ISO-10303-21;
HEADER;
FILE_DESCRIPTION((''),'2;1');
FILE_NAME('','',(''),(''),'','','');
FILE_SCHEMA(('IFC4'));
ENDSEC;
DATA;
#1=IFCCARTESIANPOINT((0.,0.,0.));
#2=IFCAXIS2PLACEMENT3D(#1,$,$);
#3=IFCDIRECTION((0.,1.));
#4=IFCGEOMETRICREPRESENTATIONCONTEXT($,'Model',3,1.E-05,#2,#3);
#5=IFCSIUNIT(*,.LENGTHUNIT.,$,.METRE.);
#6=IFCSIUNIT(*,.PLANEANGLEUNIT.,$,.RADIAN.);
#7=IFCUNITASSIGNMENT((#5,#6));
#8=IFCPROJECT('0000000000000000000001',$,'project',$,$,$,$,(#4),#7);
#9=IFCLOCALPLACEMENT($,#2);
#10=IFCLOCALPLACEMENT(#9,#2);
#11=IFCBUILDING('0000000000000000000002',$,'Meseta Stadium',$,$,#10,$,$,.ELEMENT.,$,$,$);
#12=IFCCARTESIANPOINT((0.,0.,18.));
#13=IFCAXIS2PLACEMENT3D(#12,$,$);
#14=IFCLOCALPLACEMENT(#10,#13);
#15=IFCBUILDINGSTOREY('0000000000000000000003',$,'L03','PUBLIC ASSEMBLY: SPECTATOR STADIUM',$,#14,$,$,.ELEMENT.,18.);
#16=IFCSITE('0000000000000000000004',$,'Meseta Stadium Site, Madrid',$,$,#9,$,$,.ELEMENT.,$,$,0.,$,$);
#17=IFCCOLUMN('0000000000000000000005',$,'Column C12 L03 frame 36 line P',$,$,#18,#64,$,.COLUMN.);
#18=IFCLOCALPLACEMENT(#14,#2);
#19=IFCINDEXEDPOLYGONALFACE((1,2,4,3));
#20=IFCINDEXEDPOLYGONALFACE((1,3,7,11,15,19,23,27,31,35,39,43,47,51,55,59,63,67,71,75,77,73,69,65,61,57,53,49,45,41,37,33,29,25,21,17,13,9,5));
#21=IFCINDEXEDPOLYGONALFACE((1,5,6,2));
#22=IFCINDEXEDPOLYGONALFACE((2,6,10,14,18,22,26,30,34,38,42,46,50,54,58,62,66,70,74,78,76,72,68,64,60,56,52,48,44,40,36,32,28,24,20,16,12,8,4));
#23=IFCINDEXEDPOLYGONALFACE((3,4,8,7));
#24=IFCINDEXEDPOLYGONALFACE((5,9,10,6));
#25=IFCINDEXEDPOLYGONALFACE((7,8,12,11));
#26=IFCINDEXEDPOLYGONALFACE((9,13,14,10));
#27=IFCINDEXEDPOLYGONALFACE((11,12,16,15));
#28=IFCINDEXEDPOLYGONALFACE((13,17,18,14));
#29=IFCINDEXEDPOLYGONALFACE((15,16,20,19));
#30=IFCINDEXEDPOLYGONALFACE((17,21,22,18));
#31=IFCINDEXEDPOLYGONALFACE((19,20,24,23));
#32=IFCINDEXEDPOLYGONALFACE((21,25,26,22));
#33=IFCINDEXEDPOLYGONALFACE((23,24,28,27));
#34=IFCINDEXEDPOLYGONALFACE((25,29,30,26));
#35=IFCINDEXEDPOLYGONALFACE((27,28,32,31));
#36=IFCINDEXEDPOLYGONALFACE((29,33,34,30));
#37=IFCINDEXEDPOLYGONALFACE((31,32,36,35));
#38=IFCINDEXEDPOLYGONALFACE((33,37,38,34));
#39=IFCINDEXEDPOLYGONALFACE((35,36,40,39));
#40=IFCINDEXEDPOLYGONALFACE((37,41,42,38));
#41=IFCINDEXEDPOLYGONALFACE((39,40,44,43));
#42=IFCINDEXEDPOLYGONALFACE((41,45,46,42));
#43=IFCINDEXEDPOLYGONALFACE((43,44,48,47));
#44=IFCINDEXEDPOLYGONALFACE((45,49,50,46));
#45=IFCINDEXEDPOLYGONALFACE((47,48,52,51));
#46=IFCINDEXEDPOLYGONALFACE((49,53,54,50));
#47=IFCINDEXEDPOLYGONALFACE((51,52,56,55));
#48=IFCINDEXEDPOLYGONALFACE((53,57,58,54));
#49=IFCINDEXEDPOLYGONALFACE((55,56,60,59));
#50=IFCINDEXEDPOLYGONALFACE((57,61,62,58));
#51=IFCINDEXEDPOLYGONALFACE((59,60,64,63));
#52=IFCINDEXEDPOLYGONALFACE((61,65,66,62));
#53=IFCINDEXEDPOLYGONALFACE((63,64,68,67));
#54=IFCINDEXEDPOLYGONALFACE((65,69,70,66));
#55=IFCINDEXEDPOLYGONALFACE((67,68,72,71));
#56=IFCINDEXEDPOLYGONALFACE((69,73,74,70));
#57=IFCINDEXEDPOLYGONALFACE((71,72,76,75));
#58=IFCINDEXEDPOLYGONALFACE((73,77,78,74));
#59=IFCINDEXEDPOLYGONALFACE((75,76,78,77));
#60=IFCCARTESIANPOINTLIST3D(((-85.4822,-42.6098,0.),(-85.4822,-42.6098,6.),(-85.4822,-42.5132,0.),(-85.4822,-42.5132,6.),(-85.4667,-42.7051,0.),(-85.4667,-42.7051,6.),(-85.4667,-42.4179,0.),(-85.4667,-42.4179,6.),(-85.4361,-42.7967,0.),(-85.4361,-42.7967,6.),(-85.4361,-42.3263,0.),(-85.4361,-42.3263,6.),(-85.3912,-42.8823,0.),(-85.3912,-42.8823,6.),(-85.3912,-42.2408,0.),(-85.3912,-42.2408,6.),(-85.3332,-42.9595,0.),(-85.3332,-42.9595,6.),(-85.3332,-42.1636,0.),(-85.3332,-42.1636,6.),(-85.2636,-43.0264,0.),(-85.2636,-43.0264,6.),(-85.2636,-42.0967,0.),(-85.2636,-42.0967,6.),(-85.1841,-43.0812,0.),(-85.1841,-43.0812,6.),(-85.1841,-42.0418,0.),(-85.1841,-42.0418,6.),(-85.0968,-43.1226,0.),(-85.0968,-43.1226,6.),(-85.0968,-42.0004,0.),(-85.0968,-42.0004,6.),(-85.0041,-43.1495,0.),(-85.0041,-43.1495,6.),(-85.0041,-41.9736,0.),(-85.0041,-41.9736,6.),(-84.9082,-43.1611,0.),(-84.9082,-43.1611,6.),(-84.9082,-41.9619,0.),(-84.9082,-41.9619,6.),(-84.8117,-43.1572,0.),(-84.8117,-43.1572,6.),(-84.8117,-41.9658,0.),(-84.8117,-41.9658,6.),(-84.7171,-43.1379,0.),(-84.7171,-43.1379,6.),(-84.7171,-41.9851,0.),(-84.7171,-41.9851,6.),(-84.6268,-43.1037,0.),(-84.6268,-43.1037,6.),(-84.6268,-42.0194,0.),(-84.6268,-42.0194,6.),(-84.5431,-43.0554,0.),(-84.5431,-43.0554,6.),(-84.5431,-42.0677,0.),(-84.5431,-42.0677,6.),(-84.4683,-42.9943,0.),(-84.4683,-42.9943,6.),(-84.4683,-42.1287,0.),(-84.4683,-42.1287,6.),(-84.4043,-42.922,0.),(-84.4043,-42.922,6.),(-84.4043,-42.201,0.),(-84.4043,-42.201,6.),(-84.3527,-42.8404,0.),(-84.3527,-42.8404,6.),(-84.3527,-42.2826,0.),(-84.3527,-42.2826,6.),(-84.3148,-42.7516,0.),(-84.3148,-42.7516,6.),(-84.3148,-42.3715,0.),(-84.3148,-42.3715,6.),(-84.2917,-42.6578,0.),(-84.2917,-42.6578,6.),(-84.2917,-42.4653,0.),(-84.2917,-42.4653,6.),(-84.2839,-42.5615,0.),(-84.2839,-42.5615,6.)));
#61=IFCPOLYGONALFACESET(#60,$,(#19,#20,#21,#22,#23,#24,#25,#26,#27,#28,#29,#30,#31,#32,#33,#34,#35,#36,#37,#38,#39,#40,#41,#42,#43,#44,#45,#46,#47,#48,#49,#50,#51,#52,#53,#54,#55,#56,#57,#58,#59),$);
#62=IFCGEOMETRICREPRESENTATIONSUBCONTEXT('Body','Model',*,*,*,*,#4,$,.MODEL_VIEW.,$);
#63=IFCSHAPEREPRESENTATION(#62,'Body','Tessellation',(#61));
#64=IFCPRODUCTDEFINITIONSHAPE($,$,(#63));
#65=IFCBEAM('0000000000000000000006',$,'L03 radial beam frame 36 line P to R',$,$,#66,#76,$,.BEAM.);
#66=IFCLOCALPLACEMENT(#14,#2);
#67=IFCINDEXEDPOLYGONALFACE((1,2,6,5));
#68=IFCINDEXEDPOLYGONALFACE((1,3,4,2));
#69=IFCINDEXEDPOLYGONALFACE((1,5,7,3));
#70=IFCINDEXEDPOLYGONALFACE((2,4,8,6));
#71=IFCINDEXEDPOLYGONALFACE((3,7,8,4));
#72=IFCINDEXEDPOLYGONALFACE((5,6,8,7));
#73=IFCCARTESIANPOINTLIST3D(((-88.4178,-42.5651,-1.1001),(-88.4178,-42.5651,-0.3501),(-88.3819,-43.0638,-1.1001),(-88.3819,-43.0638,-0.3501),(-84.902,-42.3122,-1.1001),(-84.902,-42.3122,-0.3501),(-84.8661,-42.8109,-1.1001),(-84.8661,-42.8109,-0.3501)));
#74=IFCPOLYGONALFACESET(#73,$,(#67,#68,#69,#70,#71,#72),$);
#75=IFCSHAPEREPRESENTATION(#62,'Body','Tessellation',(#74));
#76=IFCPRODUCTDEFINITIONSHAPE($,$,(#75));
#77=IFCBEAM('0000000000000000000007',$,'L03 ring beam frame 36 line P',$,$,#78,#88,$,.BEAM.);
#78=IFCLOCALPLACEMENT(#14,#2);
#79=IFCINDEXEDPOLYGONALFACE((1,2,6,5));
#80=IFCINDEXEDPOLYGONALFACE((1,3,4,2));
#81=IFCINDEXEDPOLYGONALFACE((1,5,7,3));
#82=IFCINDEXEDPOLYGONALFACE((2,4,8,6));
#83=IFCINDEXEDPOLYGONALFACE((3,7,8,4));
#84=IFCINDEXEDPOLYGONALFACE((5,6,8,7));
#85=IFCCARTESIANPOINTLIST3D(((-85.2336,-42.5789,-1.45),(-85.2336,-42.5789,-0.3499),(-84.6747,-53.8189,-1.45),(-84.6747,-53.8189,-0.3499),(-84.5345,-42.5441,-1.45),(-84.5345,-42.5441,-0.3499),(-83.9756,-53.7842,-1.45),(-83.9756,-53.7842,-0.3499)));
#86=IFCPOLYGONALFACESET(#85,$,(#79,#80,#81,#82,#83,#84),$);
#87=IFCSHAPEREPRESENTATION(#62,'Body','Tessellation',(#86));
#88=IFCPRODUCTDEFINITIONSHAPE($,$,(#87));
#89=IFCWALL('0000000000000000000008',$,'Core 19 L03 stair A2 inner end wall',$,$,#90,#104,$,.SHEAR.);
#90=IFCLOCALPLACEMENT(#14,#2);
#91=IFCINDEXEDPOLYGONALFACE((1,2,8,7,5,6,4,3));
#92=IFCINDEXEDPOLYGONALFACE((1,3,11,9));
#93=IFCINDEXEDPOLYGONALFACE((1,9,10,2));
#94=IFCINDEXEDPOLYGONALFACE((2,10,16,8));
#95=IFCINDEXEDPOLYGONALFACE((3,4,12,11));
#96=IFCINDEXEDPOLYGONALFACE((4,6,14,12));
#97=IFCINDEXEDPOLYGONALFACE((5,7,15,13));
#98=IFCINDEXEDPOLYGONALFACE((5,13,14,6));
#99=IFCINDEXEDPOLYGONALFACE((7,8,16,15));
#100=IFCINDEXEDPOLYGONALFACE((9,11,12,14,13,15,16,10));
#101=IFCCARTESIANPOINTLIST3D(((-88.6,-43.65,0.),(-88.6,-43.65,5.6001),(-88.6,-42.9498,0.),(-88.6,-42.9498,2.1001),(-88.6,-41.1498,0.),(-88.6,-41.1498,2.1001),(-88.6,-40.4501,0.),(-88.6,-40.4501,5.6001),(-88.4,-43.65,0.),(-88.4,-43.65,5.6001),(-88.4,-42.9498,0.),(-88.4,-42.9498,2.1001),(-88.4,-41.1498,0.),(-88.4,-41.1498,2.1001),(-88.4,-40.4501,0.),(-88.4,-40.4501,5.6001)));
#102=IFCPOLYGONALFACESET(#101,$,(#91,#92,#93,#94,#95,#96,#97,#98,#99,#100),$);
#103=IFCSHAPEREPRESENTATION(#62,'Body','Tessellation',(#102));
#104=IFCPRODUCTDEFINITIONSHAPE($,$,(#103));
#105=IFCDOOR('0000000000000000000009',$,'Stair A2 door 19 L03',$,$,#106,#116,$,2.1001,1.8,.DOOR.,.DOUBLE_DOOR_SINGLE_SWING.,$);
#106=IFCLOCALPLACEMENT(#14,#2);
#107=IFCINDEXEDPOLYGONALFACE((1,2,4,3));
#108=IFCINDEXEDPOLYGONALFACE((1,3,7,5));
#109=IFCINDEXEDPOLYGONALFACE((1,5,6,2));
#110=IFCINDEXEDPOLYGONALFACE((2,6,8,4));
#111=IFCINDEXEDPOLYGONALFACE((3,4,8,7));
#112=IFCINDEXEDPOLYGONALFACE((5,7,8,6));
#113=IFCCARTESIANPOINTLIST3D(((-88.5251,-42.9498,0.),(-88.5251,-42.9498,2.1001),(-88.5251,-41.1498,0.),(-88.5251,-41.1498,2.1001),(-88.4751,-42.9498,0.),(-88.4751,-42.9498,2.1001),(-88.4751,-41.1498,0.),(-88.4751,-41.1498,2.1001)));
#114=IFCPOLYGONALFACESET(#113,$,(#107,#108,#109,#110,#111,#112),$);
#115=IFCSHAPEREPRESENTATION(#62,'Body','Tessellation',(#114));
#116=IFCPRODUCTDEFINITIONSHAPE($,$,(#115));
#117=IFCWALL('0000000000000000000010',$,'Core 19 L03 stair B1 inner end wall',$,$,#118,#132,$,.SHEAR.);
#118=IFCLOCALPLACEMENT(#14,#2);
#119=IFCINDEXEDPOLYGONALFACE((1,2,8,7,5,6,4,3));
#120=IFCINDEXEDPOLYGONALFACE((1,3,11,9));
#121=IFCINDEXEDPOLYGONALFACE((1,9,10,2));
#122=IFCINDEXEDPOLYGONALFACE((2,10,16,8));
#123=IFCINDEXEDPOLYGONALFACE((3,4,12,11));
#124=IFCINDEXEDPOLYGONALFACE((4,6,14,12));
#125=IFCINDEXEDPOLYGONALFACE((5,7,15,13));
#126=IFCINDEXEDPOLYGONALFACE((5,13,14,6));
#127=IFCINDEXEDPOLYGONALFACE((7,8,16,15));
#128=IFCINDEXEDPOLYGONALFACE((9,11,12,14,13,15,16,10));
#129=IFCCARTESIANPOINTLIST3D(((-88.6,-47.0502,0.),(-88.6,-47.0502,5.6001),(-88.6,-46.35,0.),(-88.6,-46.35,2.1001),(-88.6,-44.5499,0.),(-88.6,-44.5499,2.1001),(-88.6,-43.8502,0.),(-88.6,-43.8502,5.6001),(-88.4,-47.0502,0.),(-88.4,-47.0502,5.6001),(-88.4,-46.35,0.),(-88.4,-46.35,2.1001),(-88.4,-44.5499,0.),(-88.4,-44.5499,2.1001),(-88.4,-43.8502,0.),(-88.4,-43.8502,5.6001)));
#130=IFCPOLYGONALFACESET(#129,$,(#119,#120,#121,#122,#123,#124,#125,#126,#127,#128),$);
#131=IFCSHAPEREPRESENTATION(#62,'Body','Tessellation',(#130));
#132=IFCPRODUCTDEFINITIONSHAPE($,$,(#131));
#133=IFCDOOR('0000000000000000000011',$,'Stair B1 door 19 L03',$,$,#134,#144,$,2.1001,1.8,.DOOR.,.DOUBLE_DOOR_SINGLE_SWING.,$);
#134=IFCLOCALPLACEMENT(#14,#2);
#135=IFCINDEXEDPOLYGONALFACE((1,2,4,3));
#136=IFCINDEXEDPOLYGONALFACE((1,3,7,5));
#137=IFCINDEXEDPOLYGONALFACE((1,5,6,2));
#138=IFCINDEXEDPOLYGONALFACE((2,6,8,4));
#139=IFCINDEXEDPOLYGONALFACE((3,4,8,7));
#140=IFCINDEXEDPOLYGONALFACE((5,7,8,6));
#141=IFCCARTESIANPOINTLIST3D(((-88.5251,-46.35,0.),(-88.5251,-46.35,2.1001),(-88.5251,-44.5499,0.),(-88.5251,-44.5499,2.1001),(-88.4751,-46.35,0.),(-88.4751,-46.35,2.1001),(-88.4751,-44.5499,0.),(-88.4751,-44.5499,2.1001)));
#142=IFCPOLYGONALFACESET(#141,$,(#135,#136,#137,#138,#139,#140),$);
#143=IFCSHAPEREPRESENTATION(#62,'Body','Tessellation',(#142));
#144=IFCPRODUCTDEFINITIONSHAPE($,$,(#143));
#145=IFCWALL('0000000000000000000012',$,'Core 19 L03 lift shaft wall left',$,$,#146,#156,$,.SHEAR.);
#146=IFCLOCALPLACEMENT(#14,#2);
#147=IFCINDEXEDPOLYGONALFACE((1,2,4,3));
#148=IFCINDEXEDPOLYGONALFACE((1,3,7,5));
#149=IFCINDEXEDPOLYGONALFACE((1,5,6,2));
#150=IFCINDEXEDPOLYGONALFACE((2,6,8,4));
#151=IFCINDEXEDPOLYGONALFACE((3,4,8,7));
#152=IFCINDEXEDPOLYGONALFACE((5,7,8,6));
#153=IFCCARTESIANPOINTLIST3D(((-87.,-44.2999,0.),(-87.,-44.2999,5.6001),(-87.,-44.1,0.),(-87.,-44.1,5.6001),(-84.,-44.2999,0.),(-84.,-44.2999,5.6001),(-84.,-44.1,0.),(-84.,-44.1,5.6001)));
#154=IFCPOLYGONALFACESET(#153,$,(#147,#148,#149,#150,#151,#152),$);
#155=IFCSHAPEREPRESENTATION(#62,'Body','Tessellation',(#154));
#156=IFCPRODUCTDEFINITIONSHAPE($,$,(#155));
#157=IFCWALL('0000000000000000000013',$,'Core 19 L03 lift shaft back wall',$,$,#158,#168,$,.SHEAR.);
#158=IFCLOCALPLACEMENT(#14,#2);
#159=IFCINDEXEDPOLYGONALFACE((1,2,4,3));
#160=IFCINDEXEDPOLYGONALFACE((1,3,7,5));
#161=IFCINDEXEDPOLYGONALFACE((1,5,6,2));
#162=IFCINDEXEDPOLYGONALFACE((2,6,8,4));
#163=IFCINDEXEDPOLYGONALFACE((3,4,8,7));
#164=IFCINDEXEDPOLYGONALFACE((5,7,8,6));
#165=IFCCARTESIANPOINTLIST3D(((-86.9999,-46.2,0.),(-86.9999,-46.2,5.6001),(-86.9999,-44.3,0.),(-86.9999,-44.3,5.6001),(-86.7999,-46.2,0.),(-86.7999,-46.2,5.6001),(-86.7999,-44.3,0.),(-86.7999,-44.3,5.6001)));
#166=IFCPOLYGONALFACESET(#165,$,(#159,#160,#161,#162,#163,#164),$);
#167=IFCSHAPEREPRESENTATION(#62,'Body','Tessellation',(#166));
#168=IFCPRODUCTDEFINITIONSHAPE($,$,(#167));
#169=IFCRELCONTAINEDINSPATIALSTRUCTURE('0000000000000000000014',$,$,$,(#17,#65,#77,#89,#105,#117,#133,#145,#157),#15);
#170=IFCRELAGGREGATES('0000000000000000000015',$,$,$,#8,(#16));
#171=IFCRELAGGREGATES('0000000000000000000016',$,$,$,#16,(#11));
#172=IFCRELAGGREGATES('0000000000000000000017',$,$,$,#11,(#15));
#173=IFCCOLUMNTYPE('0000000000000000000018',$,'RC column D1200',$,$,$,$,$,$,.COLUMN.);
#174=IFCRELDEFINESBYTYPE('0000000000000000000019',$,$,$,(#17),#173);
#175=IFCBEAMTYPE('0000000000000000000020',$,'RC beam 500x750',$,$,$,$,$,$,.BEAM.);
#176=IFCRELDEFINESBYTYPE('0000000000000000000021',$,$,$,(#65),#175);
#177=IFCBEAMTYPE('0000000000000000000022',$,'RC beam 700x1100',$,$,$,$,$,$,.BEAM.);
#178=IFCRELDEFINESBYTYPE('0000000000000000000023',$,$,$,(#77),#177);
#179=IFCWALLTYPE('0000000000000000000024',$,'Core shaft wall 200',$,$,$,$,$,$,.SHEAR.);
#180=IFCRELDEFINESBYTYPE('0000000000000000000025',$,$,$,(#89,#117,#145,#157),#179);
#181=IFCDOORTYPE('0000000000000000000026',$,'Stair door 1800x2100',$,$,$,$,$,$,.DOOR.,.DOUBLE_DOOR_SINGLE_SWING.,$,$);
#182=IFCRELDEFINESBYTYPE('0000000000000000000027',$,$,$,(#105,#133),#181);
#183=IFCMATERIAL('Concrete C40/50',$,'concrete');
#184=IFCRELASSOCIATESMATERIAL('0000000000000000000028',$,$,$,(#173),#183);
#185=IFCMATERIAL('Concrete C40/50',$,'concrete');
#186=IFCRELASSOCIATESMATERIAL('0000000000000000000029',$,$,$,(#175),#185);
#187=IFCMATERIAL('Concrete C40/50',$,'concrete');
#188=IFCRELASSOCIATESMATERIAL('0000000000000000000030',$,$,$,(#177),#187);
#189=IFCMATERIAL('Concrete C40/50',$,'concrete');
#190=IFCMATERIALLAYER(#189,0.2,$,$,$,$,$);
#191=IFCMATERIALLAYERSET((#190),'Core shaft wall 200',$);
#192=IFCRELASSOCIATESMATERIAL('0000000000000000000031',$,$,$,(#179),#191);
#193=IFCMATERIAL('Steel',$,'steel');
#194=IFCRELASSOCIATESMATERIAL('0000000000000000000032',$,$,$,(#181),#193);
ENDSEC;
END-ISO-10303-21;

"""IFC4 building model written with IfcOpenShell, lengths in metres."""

from ifc_helpers import new_model, si_unit, direction, frame, frame_2d, origin, origin_2d, place, context, subcontext, project, spatial, rectangle, circle, extrude, material, layer, layer_set, material_profile, profile_set, type_object, element, fill, save


model = new_model("IFC4")

# Units and contexts
model_context = context("Model", 3, precision=1e-05, world=origin(), true_north=direction((0.0, 1.0)))
body_context = subcontext(model_context, "Body", "Model", "MODEL_VIEW")
ifc_project = project(units=[si_unit("LENGTHUNIT", "METRE"), si_unit("PLANEANGLEUNIT", "RADIAN")], contexts=[model_context])

# Site, building, storey
site_placement = place(None, origin())
site = spatial("IfcSite", under=ifc_project, at=site_placement, Name="Meseta Stadium Site, Madrid", CompositionType="ELEMENT", RefElevation=0.0)
building_placement = place(site_placement, origin())
building = spatial("IfcBuilding", under=site, at=building_placement, Name="Meseta Stadium", CompositionType="ELEMENT")
storey_placement = place(building_placement, frame((0.0, 0.0, 18.0)))
storey = spatial("IfcBuildingStorey", under=building, at=storey_placement, Name="L03", Description="PUBLIC ASSEMBLY: SPECTATOR STADIUM", CompositionType="ELEMENT", Elevation=18.0)

# Column
ifc_material_1 = material(Name="Concrete C40/50", Category="concrete")
ifc_material_profile_1 = material_profile(ifc_material_1, circle(Radius=0.6001, at=origin_2d()), Name="RC D1200")
ifc_profile_set_1 = profile_set([ifc_material_profile_1], Name="Concrete C40/50")
column_type = type_object("IfcColumnType", Name="RC column D1200", PredefinedType="COLUMN", material=ifc_profile_set_1)
column_placement = place(storey_placement, frame((-84.884, -42.5615, 0.0), z_axis=(0.0, 0.0, 1.0), x_axis=(1.0, 0.0, 0.0)))
element("IfcColumn", 1, at=column_placement, inside=storey, type_object=column_type, Name="Column C12 L03 frame 36 line P", PredefinedType="COLUMN", context=body_context, shape_type="SweptSolid", body=[
    extrude(circle(Radius=0.6001, at=origin_2d()), origin(), (0.0, 0.0, 1.0), 6.0),
])

# Beams
ifc_material_2 = material(Name="Concrete C40/50", Category="concrete")
ifc_material_profile_2 = material_profile(ifc_material_2, rectangle(XDim=0.5, YDim=0.75, at=origin_2d()), Name="RC 500x750")
ifc_profile_set_2 = profile_set([ifc_material_profile_2], Name="Concrete C40/50")
beam_type_1 = type_object("IfcBeamType", Name="RC beam 500x750", PredefinedType="BEAM", material=ifc_profile_set_2)
beam_1_placement = place(storey_placement, frame((-84.884, -42.5615, -0.7251), z_axis=(-0.997422, -0.071754, 0.0), x_axis=(0.071754, -0.997422, 0.0)))
element("IfcBeam", 2, at=beam_1_placement, inside=storey, type_object=beam_type_1, Name="L03 radial beam frame 36 line P to R", PredefinedType="BEAM", context=body_context, shape_type="SweptSolid", body=[
    extrude(rectangle(XDim=0.5, YDim=0.75, at=origin_2d()), origin(), (0.0, 0.0, 1.0), 3.5249),
])
ifc_material_3 = material(Name="Concrete C40/50", Category="concrete")
ifc_material_profile_3 = material_profile(ifc_material_3, rectangle(XDim=0.7, YDim=1.1001, at=origin_2d()), Name="RC 700x1100")
ifc_profile_set_3 = profile_set([ifc_material_profile_3], Name="Concrete C40/50")
beam_type_2 = type_object("IfcBeamType", Name="RC beam 700x1100", PredefinedType="BEAM", material=ifc_profile_set_3)
beam_2_placement = place(storey_placement, frame((-84.884, -42.5615, -0.8999), z_axis=(0.049657, -0.998766, 0.0), x_axis=(0.998766, 0.049657, 0.0)))
element("IfcBeam", 3, at=beam_2_placement, inside=storey, type_object=beam_type_2, Name="L03 ring beam frame 36 line P", PredefinedType="BEAM", context=body_context, shape_type="SweptSolid", body=[
    extrude(rectangle(XDim=0.7, YDim=1.1001, at=origin_2d()), origin(), (0.0, 0.0, 1.0), 11.2539),
])

# Walls, openings, doors
ifc_material_4 = material(Name="Concrete C40/50", Category="concrete")
ifc_layer = layer(ifc_material_4, 0.2)
ifc_layer_set = layer_set([ifc_layer], Name="Core shaft wall 200")
wall_type = type_object("IfcWallType", Name="Core shaft wall 200", PredefinedType="SHEAR", material=ifc_layer_set)
wall_1_placement = place(storey_placement, frame((-88.5, -40.45, 0.0), z_axis=(0.0, 0.0, 1.0), x_axis=(0.0, -1.0, 0.0)))
wall_1 = element("IfcWall", 4, at=wall_1_placement, inside=storey, type_object=wall_type, Name="Core 19 L03 stair A2 inner end wall", PredefinedType="SHEAR", context=body_context, shape_type="SweptSolid", body=[
    extrude(rectangle(XDim=3.2, YDim=0.2, at=frame_2d((1.6001, 0.0))), origin(), (0.0, 0.0, 1.0), 5.6001),
])
opening_1_placement = place(wall_1_placement, frame((0.7, 0.0, 0.0)))
opening_1 = element("IfcOpeningElement", 5, at=opening_1_placement, cuts=wall_1, PredefinedType="OPENING", context=body_context, shape_type="SweptSolid", body=[
    extrude(rectangle(XDim=1.8, YDim=2.1001, at=frame_2d((0.8999, 1.05))), frame((0.0, 0.1099, 0.0), z_axis=(0.0, -1.0, 0.0), x_axis=(1.0, 0.0, 0.0)), (0.0, 0.0, 1.0), 0.22),
])
ifc_material_5 = material(Name="Steel", Category="steel")
door_type_1 = type_object("IfcDoorType", Name="Stair door 1800x2100", OperationType="DOUBLE_DOOR_SINGLE_SWING", PredefinedType="DOOR", material=ifc_material_5)
door_1_placement = place(opening_1_placement, origin())
door_1 = element("IfcDoor", 6, at=door_1_placement, inside=storey, type_object=door_type_1, Name="Stair A2 door 19 L03", OperationType="DOUBLE_DOOR_SINGLE_SWING", OverallHeight=2.1001, OverallWidth=1.8, PredefinedType="DOOR", context=body_context, shape_type="SweptSolid", body=[
    extrude(rectangle(XDim=1.8, YDim=2.1001, at=frame_2d((0.8999, 1.05))), frame((0.0, 0.0249, 0.0), z_axis=(0.0, -1.0, 0.0), x_axis=(1.0, 0.0, 0.0)), (0.0, 0.0, 1.0), 0.05),
])
fill(opening_1, door_1)
wall_2_placement = place(storey_placement, frame((-88.5, -43.8501, 0.0), z_axis=(0.0, 0.0, 1.0), x_axis=(0.0, -1.0, 0.0)))
wall_2 = element("IfcWall", 7, at=wall_2_placement, inside=storey, type_object=wall_type, Name="Core 19 L03 stair B1 inner end wall", PredefinedType="SHEAR", context=body_context, shape_type="SweptSolid", body=[
    extrude(rectangle(XDim=3.2, YDim=0.2, at=frame_2d((1.6001, 0.0))), origin(), (0.0, 0.0, 1.0), 5.6001),
])
opening_2_placement = place(wall_2_placement, frame((0.7, 0.0, 0.0)))
opening_2 = element("IfcOpeningElement", 8, at=opening_2_placement, cuts=wall_2, PredefinedType="OPENING", context=body_context, shape_type="SweptSolid", body=[
    extrude(rectangle(XDim=1.8, YDim=2.1001, at=frame_2d((0.8999, 1.05))), frame((0.0, 0.1099, 0.0), z_axis=(0.0, -1.0, 0.0), x_axis=(1.0, 0.0, 0.0)), (0.0, 0.0, 1.0), 0.22),
])
door_2_placement = place(opening_2_placement, origin())
door_2 = element("IfcDoor", 9, at=door_2_placement, inside=storey, type_object=door_type_1, Name="Stair B1 door 19 L03", OperationType="DOUBLE_DOOR_SINGLE_SWING", OverallHeight=2.1001, OverallWidth=1.8, PredefinedType="DOOR", context=body_context, shape_type="SweptSolid", body=[
    extrude(rectangle(XDim=1.8, YDim=2.1001, at=frame_2d((0.8999, 1.05))), frame((0.0, 0.0249, 0.0), z_axis=(0.0, -1.0, 0.0), x_axis=(1.0, 0.0, 0.0)), (0.0, 0.0, 1.0), 0.05),
])
fill(opening_2, door_2)

# Walls
wall_3_placement = place(storey_placement, frame((-87.0, -44.2, 0.0), z_axis=(0.0, 0.0, 1.0), x_axis=(1.0, 0.0, 0.0)))
element("IfcWall", 10, at=wall_3_placement, inside=storey, type_object=wall_type, Name="Core 19 L03 lift shaft wall left", PredefinedType="SHEAR", context=body_context, shape_type="SweptSolid", body=[
    extrude(rectangle(XDim=3.0, YDim=0.2, at=frame_2d((1.5, 0.0))), origin(), (0.0, 0.0, 1.0), 5.6001),
])
wall_4_placement = place(storey_placement, frame((-86.8999, -44.3, 0.0), z_axis=(0.0, 0.0, 1.0), x_axis=(0.0, -1.0, 0.0)))
element("IfcWall", 11, at=wall_4_placement, inside=storey, type_object=wall_type, Name="Core 19 L03 lift shaft back wall", PredefinedType="SHEAR", context=body_context, shape_type="SweptSolid", body=[
    extrude(rectangle(XDim=1.8999, YDim=0.2, at=frame_2d((0.95, 0.0))), origin(), (0.0, 0.0, 1.0), 5.6001),
])

save(model, "model.ifc")
